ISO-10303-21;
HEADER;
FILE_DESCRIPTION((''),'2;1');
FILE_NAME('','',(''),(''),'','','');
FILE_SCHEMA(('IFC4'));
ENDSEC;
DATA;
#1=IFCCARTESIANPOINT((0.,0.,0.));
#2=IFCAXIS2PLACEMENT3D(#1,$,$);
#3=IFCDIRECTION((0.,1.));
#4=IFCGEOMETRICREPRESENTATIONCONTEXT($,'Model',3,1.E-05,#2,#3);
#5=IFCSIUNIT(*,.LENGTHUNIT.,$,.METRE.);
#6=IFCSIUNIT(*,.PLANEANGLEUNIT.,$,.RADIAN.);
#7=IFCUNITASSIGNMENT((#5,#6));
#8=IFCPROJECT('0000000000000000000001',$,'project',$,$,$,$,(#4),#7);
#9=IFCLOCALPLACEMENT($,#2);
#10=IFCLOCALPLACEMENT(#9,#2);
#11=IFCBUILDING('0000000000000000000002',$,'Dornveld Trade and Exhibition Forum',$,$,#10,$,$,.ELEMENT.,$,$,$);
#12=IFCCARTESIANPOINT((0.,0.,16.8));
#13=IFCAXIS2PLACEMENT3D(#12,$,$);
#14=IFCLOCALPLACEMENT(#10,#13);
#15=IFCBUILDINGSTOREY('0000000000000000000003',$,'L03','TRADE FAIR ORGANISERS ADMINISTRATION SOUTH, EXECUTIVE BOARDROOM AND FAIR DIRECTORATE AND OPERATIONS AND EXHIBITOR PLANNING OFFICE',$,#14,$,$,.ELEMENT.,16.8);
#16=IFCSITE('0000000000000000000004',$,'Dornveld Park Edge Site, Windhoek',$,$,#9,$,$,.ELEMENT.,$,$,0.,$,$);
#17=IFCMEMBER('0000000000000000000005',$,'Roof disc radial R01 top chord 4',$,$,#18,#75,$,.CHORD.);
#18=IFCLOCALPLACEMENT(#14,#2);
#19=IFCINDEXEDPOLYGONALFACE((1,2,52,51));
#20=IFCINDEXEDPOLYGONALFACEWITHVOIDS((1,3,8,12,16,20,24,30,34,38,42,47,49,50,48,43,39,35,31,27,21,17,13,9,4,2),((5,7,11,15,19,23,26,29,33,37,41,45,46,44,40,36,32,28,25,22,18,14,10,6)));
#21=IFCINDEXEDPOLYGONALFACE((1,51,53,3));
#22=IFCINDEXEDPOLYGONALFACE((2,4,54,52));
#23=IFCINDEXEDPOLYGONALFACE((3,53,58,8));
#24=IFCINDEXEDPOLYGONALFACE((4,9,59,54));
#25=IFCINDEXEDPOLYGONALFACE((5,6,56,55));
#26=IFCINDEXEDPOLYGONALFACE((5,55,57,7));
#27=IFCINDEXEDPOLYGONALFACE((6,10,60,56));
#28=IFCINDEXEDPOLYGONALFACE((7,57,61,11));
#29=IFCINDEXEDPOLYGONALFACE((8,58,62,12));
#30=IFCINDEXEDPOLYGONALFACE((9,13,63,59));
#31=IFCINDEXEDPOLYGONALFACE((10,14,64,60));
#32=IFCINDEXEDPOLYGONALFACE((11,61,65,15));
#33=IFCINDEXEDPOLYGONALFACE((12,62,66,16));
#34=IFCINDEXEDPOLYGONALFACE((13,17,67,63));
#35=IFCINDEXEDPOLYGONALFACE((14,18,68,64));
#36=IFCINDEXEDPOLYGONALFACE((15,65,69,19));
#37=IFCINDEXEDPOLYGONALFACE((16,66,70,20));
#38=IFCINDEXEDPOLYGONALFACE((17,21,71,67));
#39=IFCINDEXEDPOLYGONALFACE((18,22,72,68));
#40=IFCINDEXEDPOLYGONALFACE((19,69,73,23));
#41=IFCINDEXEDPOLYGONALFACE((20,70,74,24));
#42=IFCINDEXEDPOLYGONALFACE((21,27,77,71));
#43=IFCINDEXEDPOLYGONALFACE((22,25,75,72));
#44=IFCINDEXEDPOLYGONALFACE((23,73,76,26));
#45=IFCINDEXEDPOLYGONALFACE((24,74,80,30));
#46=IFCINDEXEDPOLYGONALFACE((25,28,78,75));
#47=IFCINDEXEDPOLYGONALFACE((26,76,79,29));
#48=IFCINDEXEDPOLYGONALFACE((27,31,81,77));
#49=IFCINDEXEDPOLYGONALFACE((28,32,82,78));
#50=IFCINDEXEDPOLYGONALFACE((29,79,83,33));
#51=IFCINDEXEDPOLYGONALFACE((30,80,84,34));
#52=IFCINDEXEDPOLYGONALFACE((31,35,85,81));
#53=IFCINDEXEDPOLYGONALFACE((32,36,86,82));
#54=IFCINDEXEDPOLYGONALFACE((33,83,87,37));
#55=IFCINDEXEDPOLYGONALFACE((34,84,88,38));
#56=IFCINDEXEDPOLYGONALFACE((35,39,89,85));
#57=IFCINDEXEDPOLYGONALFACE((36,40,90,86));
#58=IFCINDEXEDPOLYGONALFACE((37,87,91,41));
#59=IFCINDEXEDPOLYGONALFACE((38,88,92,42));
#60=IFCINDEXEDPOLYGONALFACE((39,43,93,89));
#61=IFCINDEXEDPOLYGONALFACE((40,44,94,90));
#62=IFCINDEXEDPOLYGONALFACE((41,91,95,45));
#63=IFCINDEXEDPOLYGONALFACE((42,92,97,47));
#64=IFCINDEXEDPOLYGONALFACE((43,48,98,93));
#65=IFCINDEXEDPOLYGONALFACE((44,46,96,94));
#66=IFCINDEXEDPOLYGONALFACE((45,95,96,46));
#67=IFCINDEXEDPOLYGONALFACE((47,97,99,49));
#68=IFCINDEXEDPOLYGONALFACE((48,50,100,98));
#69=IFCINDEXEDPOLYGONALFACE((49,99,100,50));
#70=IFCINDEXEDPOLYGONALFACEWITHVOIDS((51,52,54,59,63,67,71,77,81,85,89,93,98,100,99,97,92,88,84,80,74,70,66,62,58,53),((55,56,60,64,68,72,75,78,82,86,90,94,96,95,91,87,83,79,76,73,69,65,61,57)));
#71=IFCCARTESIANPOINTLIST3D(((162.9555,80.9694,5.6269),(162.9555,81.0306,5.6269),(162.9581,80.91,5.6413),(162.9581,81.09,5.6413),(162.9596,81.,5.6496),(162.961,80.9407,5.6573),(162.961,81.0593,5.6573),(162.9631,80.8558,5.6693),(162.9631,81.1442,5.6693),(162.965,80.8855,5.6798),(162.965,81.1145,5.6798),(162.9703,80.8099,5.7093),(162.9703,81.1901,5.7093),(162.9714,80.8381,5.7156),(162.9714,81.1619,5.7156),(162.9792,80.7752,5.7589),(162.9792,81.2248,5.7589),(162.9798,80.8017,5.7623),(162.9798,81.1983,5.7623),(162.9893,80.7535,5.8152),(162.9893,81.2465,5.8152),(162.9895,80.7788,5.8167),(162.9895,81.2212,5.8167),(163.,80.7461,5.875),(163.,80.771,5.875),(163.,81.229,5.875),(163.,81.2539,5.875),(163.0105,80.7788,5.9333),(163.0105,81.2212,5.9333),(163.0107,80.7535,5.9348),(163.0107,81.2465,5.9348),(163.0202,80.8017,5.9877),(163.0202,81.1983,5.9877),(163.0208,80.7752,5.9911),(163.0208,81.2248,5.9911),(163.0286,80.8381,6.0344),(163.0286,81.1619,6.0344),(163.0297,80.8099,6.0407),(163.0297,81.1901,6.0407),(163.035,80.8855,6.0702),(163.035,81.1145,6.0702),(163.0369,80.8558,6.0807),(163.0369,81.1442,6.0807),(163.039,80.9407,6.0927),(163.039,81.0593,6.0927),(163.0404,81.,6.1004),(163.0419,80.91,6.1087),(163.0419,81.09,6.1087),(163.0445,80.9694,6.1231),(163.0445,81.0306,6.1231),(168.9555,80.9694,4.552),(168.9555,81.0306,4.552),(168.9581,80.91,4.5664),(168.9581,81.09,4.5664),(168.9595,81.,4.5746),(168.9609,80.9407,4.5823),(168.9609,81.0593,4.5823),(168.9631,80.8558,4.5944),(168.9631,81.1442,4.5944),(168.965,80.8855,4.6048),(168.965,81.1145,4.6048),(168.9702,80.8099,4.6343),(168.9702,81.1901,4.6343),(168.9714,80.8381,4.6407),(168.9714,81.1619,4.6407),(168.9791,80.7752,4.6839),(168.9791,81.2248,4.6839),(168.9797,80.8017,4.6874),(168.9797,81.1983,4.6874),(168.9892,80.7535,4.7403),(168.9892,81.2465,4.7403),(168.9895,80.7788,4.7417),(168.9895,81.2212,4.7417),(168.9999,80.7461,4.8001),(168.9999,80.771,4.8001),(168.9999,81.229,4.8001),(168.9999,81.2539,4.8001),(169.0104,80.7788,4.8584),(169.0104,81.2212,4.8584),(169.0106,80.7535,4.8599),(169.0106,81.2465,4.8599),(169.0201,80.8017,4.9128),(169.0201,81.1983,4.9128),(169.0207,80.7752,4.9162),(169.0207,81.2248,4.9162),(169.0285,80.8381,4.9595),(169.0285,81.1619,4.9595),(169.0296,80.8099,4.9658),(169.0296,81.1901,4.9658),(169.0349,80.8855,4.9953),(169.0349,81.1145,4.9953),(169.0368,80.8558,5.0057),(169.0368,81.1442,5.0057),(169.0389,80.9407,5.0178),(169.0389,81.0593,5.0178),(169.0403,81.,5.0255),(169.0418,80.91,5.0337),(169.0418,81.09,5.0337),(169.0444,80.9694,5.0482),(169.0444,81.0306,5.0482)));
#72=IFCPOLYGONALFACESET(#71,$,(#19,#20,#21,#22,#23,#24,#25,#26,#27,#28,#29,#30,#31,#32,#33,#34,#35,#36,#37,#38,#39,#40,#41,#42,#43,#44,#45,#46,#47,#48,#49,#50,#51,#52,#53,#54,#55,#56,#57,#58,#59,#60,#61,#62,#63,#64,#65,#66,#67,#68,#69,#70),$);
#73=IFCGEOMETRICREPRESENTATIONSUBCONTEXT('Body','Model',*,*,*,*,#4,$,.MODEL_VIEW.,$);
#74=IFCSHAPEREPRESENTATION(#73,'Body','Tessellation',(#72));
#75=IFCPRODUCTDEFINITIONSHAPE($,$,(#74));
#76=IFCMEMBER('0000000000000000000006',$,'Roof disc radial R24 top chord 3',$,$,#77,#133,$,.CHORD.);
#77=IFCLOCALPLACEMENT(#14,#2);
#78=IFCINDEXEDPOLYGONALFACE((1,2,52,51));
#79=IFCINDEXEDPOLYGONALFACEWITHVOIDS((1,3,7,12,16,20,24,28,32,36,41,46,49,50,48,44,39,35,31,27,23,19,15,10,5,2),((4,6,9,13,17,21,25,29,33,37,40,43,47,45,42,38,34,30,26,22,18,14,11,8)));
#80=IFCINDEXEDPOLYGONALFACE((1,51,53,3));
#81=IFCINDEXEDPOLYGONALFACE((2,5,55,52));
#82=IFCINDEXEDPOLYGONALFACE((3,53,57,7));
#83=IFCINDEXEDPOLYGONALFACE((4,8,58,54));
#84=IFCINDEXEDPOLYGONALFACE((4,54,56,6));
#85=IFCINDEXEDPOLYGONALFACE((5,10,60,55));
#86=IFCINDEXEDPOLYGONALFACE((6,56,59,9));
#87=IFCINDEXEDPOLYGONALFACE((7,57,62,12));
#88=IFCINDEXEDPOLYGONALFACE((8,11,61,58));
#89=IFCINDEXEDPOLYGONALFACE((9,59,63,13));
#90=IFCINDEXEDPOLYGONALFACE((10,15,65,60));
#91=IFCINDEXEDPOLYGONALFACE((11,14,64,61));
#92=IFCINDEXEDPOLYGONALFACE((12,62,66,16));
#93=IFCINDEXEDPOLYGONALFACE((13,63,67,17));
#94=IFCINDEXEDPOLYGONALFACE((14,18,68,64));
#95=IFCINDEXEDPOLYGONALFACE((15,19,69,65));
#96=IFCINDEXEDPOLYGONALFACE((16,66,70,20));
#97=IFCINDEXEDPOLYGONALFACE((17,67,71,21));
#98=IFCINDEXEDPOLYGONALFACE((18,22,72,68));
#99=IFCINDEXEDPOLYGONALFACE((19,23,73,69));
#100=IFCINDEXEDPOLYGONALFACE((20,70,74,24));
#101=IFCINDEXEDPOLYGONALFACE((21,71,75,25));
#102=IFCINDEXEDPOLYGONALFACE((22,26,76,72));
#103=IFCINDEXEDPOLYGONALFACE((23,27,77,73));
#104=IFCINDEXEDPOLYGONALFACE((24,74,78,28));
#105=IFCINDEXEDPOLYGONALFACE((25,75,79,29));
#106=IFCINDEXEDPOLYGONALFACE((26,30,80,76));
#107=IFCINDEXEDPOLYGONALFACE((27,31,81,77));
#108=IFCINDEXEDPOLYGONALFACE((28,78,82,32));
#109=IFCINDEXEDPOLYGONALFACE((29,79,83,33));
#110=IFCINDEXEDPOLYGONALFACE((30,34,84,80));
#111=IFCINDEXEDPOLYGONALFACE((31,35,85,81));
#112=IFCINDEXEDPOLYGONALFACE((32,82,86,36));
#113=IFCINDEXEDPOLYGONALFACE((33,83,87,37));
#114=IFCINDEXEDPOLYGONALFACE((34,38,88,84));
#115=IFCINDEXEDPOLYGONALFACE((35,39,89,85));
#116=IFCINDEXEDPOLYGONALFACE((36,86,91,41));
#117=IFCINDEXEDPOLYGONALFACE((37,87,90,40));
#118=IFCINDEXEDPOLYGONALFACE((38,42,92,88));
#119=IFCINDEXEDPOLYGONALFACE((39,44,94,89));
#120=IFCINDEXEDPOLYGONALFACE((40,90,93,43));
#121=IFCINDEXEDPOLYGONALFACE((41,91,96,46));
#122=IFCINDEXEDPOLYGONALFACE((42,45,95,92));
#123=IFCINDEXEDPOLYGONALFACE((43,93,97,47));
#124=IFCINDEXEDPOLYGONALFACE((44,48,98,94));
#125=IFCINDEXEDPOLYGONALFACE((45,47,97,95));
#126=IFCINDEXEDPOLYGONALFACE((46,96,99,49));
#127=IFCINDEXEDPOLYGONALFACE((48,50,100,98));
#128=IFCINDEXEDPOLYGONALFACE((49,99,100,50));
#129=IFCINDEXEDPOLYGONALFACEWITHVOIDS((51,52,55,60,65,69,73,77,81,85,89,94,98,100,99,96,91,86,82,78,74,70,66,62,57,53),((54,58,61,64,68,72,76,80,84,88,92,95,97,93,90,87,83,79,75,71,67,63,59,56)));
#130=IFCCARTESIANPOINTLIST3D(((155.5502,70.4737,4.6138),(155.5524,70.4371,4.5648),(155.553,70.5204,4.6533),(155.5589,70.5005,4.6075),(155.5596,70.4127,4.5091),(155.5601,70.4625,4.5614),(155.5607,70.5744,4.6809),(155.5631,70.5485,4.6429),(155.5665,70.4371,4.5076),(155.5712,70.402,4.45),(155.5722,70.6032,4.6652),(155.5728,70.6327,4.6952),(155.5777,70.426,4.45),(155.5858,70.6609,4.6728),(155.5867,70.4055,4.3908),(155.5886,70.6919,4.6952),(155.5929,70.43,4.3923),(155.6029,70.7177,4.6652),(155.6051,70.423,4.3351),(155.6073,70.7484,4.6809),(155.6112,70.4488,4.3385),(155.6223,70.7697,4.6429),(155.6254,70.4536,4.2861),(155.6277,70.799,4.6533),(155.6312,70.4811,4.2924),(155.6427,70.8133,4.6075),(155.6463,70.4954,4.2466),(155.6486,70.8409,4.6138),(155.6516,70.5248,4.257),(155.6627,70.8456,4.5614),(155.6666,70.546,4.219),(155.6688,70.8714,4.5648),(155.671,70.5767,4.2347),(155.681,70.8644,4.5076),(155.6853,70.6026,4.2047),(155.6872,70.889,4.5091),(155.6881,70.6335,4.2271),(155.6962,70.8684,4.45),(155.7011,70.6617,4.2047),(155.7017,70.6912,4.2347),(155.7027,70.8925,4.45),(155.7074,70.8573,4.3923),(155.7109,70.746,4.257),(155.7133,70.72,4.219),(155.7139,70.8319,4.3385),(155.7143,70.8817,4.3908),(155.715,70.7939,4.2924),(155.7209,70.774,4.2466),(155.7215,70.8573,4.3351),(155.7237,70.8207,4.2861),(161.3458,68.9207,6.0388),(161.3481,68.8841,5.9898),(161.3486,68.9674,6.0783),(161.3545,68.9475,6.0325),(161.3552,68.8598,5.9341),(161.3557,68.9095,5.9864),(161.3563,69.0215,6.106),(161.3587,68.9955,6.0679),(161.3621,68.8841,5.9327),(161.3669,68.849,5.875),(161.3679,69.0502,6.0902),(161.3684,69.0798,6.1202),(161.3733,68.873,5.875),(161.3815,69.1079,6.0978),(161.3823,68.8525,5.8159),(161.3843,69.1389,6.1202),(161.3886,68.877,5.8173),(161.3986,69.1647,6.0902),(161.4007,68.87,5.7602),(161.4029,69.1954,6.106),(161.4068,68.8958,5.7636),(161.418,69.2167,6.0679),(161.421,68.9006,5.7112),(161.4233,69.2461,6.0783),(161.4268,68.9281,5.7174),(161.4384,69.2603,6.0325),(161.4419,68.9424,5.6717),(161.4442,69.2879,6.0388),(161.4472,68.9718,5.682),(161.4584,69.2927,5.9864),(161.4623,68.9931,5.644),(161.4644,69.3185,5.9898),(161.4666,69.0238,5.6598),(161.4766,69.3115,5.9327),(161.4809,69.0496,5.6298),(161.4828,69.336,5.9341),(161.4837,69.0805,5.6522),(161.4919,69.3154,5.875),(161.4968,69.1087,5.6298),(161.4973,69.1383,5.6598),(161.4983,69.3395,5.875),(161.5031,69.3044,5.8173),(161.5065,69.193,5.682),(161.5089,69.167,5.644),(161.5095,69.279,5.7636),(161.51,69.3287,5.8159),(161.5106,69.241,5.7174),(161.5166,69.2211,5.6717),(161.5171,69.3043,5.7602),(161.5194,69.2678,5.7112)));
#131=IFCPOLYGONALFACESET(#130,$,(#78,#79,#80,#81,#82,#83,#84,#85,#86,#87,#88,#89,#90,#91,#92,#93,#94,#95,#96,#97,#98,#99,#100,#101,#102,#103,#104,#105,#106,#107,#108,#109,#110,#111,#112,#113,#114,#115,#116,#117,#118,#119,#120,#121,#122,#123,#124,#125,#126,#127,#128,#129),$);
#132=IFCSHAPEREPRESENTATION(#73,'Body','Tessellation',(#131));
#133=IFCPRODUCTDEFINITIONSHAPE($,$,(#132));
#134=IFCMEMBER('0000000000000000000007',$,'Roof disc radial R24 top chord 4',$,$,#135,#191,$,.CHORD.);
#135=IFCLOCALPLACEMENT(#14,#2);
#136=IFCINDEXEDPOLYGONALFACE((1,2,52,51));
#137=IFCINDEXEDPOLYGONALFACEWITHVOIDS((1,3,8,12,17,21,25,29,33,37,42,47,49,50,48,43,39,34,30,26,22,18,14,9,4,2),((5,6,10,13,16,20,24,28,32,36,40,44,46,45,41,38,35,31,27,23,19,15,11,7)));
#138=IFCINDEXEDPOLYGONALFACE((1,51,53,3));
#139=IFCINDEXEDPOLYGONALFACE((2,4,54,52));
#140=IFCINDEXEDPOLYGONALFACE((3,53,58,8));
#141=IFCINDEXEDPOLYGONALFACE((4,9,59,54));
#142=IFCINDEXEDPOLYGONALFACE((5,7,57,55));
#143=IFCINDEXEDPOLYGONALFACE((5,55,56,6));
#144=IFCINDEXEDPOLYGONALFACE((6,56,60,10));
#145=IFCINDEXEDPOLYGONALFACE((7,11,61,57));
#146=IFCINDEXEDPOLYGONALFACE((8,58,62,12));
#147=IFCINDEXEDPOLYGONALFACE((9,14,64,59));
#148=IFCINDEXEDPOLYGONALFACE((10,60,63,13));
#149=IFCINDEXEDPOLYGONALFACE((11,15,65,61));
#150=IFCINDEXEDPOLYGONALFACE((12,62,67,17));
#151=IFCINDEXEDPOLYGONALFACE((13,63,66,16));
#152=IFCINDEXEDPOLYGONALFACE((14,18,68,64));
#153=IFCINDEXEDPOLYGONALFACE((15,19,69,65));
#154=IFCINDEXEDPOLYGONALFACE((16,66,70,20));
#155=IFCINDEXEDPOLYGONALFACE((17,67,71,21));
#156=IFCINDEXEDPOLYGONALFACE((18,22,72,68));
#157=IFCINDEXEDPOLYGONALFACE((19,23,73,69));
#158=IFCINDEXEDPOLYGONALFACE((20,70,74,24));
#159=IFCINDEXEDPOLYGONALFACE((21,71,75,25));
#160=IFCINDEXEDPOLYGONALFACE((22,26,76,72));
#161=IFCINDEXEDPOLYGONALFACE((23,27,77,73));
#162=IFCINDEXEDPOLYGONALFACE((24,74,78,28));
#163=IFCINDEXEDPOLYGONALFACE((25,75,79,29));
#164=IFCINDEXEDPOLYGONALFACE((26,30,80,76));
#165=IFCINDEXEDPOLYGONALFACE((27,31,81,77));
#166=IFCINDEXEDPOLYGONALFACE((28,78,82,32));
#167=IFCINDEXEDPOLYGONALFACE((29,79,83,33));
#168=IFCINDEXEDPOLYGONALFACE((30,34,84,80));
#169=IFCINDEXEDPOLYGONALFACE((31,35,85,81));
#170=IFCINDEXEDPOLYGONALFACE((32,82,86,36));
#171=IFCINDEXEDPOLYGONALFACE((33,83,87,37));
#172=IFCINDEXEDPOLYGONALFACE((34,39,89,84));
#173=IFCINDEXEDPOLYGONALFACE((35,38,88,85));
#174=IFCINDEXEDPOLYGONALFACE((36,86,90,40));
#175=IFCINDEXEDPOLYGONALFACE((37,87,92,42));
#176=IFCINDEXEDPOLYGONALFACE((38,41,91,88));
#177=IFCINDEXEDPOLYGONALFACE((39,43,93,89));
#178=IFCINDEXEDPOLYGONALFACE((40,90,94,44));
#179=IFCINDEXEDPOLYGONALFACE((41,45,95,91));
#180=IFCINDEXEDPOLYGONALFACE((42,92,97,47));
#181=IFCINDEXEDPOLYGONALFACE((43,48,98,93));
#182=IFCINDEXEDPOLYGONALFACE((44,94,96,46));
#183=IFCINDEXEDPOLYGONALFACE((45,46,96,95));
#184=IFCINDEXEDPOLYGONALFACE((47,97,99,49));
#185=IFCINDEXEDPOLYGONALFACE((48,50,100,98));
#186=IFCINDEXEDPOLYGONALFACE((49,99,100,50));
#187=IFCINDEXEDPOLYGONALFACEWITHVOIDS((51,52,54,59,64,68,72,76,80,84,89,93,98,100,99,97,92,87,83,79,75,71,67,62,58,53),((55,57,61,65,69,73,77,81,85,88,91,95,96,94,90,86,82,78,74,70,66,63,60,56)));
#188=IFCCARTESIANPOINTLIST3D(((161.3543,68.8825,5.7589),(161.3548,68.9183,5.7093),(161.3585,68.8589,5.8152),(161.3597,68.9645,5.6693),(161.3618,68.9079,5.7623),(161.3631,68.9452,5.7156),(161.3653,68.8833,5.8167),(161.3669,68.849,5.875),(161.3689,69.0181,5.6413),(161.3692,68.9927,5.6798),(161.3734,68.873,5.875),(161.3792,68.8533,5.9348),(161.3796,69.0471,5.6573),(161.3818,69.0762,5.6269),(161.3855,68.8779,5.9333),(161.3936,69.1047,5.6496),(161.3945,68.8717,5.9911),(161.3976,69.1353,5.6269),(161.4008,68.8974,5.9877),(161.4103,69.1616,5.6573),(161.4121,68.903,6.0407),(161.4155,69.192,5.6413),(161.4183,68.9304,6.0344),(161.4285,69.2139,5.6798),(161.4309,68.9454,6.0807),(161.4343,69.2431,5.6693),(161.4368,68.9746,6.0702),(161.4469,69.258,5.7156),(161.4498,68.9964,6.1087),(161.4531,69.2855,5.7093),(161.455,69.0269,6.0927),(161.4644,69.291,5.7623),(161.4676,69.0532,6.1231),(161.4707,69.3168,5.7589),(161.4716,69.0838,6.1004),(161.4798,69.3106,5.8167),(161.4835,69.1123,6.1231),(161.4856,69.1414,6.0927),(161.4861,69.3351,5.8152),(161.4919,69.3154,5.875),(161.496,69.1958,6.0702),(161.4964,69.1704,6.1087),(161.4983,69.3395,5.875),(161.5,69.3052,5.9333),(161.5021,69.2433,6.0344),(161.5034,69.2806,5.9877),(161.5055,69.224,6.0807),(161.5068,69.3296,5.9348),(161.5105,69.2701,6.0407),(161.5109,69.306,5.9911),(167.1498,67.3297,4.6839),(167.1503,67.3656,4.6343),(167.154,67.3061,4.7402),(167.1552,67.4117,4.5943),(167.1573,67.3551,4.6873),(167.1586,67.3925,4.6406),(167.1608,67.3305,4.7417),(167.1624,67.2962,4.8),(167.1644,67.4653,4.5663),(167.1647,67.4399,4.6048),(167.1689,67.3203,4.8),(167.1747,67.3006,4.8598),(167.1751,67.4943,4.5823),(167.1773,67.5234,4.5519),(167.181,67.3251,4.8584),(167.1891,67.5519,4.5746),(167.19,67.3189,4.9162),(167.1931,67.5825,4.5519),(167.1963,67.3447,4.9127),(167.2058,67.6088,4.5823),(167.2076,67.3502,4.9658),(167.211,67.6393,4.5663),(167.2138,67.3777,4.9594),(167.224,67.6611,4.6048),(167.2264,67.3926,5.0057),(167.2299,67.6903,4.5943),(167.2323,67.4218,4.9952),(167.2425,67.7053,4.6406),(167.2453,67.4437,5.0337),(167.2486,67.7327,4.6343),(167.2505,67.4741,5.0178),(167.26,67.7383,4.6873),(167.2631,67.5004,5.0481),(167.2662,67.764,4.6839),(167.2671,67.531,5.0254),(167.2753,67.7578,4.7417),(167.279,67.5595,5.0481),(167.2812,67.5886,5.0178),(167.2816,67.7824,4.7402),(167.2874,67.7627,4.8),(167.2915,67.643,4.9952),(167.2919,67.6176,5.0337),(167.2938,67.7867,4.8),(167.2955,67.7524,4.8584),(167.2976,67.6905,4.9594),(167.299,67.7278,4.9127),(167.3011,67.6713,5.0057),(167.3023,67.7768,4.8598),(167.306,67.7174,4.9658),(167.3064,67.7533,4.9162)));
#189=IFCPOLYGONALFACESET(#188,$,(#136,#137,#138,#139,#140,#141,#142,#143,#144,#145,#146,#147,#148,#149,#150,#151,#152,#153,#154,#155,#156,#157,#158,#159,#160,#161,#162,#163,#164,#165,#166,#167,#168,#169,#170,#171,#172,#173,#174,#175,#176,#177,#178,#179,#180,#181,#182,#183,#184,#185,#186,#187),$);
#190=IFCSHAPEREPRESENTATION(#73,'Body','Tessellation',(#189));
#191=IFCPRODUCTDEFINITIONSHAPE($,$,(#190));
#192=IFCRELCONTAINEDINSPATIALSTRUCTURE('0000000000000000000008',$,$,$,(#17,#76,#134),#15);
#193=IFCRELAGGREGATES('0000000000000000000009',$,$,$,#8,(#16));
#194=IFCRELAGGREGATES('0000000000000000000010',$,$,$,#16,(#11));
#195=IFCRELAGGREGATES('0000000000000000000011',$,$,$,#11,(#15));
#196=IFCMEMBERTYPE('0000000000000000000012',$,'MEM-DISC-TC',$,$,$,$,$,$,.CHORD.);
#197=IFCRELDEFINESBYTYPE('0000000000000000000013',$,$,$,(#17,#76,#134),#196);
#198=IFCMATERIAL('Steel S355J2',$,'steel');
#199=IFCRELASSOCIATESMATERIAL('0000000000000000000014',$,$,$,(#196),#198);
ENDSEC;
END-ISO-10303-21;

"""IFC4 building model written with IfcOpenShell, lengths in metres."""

from ifc_helpers import new_model, si_unit, direction, frame, origin, origin_2d, place, context, subcontext, project, spatial, hollow_circle, extrude, material, material_profile, profile_set, type_object, element, save


model = new_model("IFC4")

# Units and contexts
model_context = context("Model", 3, precision=1e-05, world=origin(), true_north=direction((0.0, 1.0)))
body_context = subcontext(model_context, "Body", "Model", "MODEL_VIEW")
ifc_project = project(units=[si_unit("LENGTHUNIT", "METRE"), si_unit("PLANEANGLEUNIT", "RADIAN")], contexts=[model_context])

# Site, building, storey
site_placement = place(None, origin())
site = spatial("IfcSite", under=ifc_project, at=site_placement, Name="Dornveld Park Edge Site, Windhoek", CompositionType="ELEMENT", RefElevation=0.0)
building_placement = place(site_placement, origin())
building = spatial("IfcBuilding", under=site, at=building_placement, Name="Dornveld Trade and Exhibition Forum", CompositionType="ELEMENT")
storey_placement = place(building_placement, frame((0.0, 0.0, 16.8)))
storey = spatial("IfcBuildingStorey", under=building, at=storey_placement, Name="L03", Description="TRADE FAIR ORGANISERS ADMINISTRATION SOUTH, EXECUTIVE BOARDROOM AND FAIR DIRECTORATE AND OPERATIONS AND EXHIBITOR PLANNING OFFICE", CompositionType="ELEMENT", Elevation=16.8)

# Members
ifc_material_1 = material(Name="Steel S355J2", Category="steel")
ifc_material_profile_1 = material_profile(ifc_material_1, hollow_circle(Radius=0.2539, WallThickness=0.0249, at=origin_2d()), Name="CHS 508x25")
ifc_profile_set_1 = profile_set([ifc_material_profile_1], Name="Steel S355J2")
member_type_1 = type_object("IfcMemberType", Name="MEM-DISC-TC", PredefinedType="CHORD", material=ifc_profile_set_1)
member_1_placement = place(storey_placement, frame((163.0, 81.0, 5.875), z_axis=(0.984327, 0.0, -0.176351), x_axis=(0.0, 1.0, 0.0)))
element("IfcMember", 1, at=member_1_placement, inside=storey, type_object=member_type_1, Name="Roof disc radial R01 top chord 4", PredefinedType="CHORD", context=body_context, shape_type="SweptSolid", body=[
    extrude(hollow_circle(Radius=0.2539, WallThickness=0.0249, at=origin_2d()), origin(), (0.0, 0.0, 1.0), 6.0955),
])
member_2_placement = place(storey_placement, frame((155.637, 70.6472, 4.45), z_axis=(0.939782, -0.25182, 0.231076), x_axis=(0.258825, 0.965924, 0.0)))
element("IfcMember", 2, at=member_2_placement, inside=storey, type_object=member_type_1, Name="Roof disc radial R24 top chord 3", PredefinedType="CHORD", context=body_context, shape_type="SweptSolid", body=[
    extrude(hollow_circle(Radius=0.2539, WallThickness=0.0249, at=origin_2d()), origin(), (0.0, 0.0, 1.0), 6.167),
])
member_3_placement = place(storey_placement, frame((161.4326, 69.0942, 5.875), z_axis=(0.950792, -0.254741, -0.176356), x_axis=(0.258797, 0.965932, 0.0)))
element("IfcMember", 3, at=member_3_placement, inside=storey, type_object=member_type_1, Name="Roof disc radial R24 top chord 4", PredefinedType="CHORD", context=body_context, shape_type="SweptSolid", body=[
    extrude(hollow_circle(Radius=0.2539, WallThickness=0.0249, at=origin_2d()), origin(), (0.0, 0.0, 1.0), 6.0955),
])

save(model, "model.ifc")
